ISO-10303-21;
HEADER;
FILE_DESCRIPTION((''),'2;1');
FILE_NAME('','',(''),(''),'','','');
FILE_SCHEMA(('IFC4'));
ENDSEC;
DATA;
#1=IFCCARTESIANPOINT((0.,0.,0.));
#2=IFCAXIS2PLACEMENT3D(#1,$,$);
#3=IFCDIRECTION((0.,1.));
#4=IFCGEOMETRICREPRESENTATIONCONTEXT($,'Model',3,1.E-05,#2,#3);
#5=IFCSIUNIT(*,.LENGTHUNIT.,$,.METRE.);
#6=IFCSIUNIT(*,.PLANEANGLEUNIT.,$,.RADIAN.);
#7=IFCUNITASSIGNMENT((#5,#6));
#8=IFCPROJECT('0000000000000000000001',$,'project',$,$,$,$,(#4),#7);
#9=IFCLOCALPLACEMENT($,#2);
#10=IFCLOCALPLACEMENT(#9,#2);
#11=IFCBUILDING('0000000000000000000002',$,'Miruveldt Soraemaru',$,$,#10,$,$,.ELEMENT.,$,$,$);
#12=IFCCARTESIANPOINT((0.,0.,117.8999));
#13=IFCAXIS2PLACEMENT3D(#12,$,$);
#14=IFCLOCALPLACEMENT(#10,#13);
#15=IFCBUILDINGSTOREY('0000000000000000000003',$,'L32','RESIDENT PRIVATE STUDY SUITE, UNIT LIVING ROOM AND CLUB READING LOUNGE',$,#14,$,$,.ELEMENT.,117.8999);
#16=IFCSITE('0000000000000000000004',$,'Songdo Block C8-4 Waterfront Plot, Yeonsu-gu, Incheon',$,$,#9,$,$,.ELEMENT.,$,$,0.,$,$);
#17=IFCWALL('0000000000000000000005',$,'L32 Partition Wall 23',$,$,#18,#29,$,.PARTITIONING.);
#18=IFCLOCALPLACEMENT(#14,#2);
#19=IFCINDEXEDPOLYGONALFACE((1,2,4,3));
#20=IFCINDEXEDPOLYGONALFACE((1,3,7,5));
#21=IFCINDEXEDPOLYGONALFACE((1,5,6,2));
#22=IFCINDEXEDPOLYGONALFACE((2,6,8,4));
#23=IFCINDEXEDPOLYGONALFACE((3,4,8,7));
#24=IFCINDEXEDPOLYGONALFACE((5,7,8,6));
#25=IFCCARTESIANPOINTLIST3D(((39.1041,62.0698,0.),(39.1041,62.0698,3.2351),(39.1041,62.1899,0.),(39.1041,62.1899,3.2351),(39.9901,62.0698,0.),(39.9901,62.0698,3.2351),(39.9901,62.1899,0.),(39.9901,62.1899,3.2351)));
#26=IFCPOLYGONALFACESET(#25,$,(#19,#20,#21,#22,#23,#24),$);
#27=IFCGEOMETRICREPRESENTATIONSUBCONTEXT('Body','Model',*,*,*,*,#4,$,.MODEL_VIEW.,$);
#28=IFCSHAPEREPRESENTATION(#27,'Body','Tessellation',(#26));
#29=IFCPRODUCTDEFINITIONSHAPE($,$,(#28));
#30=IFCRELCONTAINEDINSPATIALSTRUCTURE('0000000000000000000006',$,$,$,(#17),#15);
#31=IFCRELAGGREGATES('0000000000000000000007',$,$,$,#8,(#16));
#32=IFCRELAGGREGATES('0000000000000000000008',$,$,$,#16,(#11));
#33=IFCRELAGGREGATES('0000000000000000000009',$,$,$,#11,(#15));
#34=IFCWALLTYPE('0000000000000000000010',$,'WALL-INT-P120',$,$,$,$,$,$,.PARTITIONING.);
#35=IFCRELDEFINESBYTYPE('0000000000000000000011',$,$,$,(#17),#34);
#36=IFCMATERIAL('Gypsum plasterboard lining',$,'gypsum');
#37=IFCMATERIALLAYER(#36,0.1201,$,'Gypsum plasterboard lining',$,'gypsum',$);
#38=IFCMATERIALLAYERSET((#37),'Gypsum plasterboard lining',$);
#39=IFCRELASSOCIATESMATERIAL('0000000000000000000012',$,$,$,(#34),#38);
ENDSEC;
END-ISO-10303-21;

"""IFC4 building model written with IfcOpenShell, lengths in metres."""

from ifc_helpers import new_model, si_unit, direction, frame, frame_2d, origin, place, context, subcontext, project, spatial, rectangle, extrude, material, layer, layer_set, type_object, element, save


model = new_model("IFC4")

# Units and contexts
model_context = context("Model", 3, precision=1e-05, world=origin(), true_north=direction((0.0, 1.0)))
body_context = subcontext(model_context, "Body", "Model", "MODEL_VIEW")
ifc_project = project(units=[si_unit("LENGTHUNIT", "METRE"), si_unit("PLANEANGLEUNIT", "RADIAN")], contexts=[model_context])

# Site, building, storey
site_placement = place(None, origin())
site = spatial("IfcSite", under=ifc_project, at=site_placement, Name="Songdo Block C8-4 Waterfront Plot, Yeonsu-gu, Incheon", CompositionType="ELEMENT", RefElevation=0.0)
building_placement = place(site_placement, origin())
building = spatial("IfcBuilding", under=site, at=building_placement, Name="Miruveldt Soraemaru", CompositionType="ELEMENT")
storey_placement = place(building_placement, frame((0.0, 0.0, 117.8999)))
storey = spatial("IfcBuildingStorey", under=building, at=storey_placement, Name="L32", Description="RESIDENT PRIVATE STUDY SUITE, UNIT LIVING ROOM AND CLUB READING LOUNGE", CompositionType="ELEMENT", Elevation=117.8999)

# Shared definitions
ifc_material_1 = material(Name="Gypsum plasterboard lining", Category="gypsum")
ifc_layer_1 = layer(ifc_material_1, 0.1201, Name="Gypsum plasterboard lining", Category="gypsum")
ifc_layer_set_1 = layer_set([ifc_layer_1], Name="Gypsum plasterboard lining")
wall_type_1 = type_object("IfcWallType", Name="WALL-INT-P120", PredefinedType="PARTITIONING", material=ifc_layer_set_1)

# Wall
wall_1_placement = place(storey_placement, frame((39.99, 62.1299, 0.0), z_axis=(0.0, 0.0, 1.0), x_axis=(-1.0, 0.0, 0.0)))
element("IfcWall", 1, at=wall_1_placement, inside=storey, type_object=wall_type_1, Name="L32 Partition Wall 23", PredefinedType="PARTITIONING", context=body_context, shape_type="SweptSolid", body=[
    extrude(rectangle(XDim=0.886, YDim=0.1201, at=frame_2d((0.4429, 0.0))), origin(), (0.0, 0.0, 1.0), 3.2351),
])

save(model, "model.ifc")
